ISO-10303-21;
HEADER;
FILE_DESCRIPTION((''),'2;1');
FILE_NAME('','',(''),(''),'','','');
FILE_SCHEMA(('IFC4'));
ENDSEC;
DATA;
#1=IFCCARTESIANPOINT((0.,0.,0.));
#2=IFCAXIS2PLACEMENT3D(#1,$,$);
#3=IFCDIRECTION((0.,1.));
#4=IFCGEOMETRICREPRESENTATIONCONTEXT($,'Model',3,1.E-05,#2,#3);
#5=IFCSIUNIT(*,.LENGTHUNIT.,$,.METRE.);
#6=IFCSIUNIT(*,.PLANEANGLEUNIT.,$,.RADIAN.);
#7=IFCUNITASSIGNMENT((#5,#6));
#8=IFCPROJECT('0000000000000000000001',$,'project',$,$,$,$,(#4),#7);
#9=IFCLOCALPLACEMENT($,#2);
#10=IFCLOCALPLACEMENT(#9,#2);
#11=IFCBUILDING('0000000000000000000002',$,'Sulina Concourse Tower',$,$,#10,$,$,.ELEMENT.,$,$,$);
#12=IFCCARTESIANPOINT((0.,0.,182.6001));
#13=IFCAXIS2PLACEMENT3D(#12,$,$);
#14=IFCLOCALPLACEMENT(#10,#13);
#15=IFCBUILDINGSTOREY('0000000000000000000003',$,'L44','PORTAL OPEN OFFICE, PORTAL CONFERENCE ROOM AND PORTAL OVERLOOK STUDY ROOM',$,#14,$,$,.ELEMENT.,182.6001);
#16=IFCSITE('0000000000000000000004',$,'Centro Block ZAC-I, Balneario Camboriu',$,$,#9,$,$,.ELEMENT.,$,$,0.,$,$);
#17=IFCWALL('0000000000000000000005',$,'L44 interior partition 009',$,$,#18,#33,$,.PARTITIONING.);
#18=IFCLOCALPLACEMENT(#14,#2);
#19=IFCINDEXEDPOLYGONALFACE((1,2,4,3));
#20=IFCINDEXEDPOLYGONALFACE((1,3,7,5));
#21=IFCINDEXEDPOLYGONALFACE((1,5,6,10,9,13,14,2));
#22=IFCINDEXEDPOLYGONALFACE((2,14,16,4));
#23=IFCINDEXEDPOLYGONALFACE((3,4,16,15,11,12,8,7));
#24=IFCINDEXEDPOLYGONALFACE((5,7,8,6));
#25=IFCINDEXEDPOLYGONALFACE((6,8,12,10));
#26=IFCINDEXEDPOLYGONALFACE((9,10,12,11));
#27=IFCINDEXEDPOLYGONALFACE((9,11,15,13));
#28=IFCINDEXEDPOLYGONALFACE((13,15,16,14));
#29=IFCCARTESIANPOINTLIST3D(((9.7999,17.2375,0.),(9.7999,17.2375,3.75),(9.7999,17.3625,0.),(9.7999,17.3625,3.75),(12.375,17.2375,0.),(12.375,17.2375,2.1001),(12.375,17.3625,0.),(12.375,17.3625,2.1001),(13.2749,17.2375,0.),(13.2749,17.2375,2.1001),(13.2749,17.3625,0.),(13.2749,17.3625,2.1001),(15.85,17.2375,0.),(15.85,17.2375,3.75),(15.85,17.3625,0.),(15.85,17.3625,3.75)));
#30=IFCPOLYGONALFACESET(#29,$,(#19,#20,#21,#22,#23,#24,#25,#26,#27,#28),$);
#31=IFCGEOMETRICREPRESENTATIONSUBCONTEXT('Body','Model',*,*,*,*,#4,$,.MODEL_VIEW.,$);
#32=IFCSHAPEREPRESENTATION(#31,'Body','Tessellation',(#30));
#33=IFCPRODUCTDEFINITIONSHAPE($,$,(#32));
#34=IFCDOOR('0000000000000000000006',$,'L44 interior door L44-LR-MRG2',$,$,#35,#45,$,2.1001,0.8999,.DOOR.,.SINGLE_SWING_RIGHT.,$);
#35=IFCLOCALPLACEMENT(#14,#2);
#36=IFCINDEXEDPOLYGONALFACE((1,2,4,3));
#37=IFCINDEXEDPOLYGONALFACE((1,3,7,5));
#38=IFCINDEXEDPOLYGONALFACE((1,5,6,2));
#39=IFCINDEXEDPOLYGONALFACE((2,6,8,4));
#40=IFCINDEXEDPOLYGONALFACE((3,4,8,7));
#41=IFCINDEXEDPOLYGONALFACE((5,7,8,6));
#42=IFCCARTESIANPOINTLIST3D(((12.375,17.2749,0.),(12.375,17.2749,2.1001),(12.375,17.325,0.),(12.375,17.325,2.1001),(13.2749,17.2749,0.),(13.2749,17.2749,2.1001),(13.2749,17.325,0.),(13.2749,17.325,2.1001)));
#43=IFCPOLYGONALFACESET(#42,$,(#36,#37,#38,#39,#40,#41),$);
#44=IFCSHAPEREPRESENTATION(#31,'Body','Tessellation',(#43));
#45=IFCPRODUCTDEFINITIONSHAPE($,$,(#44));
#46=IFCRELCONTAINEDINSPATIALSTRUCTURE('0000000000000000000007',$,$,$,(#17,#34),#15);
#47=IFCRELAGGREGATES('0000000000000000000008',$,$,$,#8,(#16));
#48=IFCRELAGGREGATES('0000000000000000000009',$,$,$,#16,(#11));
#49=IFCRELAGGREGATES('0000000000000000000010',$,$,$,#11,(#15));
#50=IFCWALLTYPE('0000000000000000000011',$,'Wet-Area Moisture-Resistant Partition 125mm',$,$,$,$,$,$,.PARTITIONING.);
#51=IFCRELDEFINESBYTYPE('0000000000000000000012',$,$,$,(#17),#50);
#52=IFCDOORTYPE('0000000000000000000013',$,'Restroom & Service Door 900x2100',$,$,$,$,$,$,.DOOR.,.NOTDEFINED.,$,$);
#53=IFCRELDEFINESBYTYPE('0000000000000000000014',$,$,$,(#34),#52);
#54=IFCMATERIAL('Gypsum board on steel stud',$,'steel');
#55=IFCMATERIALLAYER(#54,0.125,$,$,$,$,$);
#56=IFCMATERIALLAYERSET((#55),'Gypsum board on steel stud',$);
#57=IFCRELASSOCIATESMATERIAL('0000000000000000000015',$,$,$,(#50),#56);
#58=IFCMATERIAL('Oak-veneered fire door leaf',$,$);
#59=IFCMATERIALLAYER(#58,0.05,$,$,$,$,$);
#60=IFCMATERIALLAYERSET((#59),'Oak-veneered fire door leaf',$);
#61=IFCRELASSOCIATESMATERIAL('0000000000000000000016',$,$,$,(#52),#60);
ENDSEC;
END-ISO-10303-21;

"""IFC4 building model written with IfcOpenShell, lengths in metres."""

from ifc_helpers import new_model, si_unit, direction, frame, frame_2d, origin, place, context, subcontext, project, spatial, rectangle, extrude, material, layer, layer_set, type_object, element, fill, save


model = new_model("IFC4")

# Units and contexts
model_context = context("Model", 3, precision=1e-05, world=origin(), true_north=direction((0.0, 1.0)))
body_context = subcontext(model_context, "Body", "Model", "MODEL_VIEW")
ifc_project = project(units=[si_unit("LENGTHUNIT", "METRE"), si_unit("PLANEANGLEUNIT", "RADIAN")], contexts=[model_context])

# Site, building, storey
site_placement = place(None, origin())
site = spatial("IfcSite", under=ifc_project, at=site_placement, Name="Centro Block ZAC-I, Balneario Camboriu", CompositionType="ELEMENT", RefElevation=0.0)
building_placement = place(site_placement, origin())
building = spatial("IfcBuilding", under=site, at=building_placement, Name="Sulina Concourse Tower", CompositionType="ELEMENT")
storey_placement = place(building_placement, frame((0.0, 0.0, 182.6001)))
storey = spatial("IfcBuildingStorey", under=building, at=storey_placement, Name="L44", Description="PORTAL OPEN OFFICE, PORTAL CONFERENCE ROOM AND PORTAL OVERLOOK STUDY ROOM", CompositionType="ELEMENT", Elevation=182.6001)

# Wall, opening, door
ifc_material_1 = material(Name="Gypsum board on steel stud", Category="steel")
ifc_layer_1 = layer(ifc_material_1, 0.125)
ifc_layer_set_1 = layer_set([ifc_layer_1], Name="Gypsum board on steel stud")
wall_type_1 = type_object("IfcWallType", Name="Wet-Area Moisture-Resistant Partition 125mm", PredefinedType="PARTITIONING", material=ifc_layer_set_1)
wall_1_placement = place(storey_placement, frame((9.8, 17.3, 0.0), z_axis=(0.0, 0.0, 1.0), x_axis=(1.0, 0.0, 0.0)))
wall_1 = element("IfcWall", 1, at=wall_1_placement, inside=storey, type_object=wall_type_1, Name="L44 interior partition 009", PredefinedType="PARTITIONING", context=body_context, shape_type="SweptSolid", body=[
    extrude(rectangle(XDim=6.05, YDim=0.125, at=frame_2d((3.0249, 0.0))), origin(), (0.0, 0.0, 1.0), 3.75),
])
opening_1_placement = place(wall_1_placement, frame((2.575, 0.0, 0.0)))
opening_1 = element("IfcOpeningElement", 2, at=opening_1_placement, cuts=wall_1, PredefinedType="OPENING", context=body_context, shape_type="SweptSolid", body=[
    extrude(rectangle(XDim=0.8999, YDim=2.1001, at=frame_2d((0.45, 1.05))), frame((0.0, 0.0725, 0.0), z_axis=(0.0, -1.0, 0.0), x_axis=(1.0, 0.0, 0.0)), (0.0, 0.0, 1.0), 0.145),
])
ifc_material_2 = material(Name="Oak-veneered fire door leaf")
ifc_layer_2 = layer(ifc_material_2, 0.05)
ifc_layer_set_2 = layer_set([ifc_layer_2], Name="Oak-veneered fire door leaf")
door_type_1 = type_object("IfcDoorType", Name="Restroom & Service Door 900x2100", OperationType="NOTDEFINED", PredefinedType="DOOR", material=ifc_layer_set_2)
door_1_placement = place(opening_1_placement, origin())
door_1 = element("IfcDoor", 3, at=door_1_placement, inside=storey, type_object=door_type_1, Name="L44 interior door L44-LR-MRG2", OperationType="SINGLE_SWING_RIGHT", OverallHeight=2.1001, OverallWidth=0.8999, PredefinedType="DOOR", context=body_context, shape_type="SweptSolid", body=[
    extrude(rectangle(XDim=0.8999, YDim=2.1001, at=frame_2d((0.45, 1.05))), frame((0.0, 0.0249, 0.0), z_axis=(0.0, -1.0, 0.0), x_axis=(1.0, 0.0, 0.0)), (0.0, 0.0, 1.0), 0.05),
])
fill(opening_1, door_1)

save(model, "model.ifc")
